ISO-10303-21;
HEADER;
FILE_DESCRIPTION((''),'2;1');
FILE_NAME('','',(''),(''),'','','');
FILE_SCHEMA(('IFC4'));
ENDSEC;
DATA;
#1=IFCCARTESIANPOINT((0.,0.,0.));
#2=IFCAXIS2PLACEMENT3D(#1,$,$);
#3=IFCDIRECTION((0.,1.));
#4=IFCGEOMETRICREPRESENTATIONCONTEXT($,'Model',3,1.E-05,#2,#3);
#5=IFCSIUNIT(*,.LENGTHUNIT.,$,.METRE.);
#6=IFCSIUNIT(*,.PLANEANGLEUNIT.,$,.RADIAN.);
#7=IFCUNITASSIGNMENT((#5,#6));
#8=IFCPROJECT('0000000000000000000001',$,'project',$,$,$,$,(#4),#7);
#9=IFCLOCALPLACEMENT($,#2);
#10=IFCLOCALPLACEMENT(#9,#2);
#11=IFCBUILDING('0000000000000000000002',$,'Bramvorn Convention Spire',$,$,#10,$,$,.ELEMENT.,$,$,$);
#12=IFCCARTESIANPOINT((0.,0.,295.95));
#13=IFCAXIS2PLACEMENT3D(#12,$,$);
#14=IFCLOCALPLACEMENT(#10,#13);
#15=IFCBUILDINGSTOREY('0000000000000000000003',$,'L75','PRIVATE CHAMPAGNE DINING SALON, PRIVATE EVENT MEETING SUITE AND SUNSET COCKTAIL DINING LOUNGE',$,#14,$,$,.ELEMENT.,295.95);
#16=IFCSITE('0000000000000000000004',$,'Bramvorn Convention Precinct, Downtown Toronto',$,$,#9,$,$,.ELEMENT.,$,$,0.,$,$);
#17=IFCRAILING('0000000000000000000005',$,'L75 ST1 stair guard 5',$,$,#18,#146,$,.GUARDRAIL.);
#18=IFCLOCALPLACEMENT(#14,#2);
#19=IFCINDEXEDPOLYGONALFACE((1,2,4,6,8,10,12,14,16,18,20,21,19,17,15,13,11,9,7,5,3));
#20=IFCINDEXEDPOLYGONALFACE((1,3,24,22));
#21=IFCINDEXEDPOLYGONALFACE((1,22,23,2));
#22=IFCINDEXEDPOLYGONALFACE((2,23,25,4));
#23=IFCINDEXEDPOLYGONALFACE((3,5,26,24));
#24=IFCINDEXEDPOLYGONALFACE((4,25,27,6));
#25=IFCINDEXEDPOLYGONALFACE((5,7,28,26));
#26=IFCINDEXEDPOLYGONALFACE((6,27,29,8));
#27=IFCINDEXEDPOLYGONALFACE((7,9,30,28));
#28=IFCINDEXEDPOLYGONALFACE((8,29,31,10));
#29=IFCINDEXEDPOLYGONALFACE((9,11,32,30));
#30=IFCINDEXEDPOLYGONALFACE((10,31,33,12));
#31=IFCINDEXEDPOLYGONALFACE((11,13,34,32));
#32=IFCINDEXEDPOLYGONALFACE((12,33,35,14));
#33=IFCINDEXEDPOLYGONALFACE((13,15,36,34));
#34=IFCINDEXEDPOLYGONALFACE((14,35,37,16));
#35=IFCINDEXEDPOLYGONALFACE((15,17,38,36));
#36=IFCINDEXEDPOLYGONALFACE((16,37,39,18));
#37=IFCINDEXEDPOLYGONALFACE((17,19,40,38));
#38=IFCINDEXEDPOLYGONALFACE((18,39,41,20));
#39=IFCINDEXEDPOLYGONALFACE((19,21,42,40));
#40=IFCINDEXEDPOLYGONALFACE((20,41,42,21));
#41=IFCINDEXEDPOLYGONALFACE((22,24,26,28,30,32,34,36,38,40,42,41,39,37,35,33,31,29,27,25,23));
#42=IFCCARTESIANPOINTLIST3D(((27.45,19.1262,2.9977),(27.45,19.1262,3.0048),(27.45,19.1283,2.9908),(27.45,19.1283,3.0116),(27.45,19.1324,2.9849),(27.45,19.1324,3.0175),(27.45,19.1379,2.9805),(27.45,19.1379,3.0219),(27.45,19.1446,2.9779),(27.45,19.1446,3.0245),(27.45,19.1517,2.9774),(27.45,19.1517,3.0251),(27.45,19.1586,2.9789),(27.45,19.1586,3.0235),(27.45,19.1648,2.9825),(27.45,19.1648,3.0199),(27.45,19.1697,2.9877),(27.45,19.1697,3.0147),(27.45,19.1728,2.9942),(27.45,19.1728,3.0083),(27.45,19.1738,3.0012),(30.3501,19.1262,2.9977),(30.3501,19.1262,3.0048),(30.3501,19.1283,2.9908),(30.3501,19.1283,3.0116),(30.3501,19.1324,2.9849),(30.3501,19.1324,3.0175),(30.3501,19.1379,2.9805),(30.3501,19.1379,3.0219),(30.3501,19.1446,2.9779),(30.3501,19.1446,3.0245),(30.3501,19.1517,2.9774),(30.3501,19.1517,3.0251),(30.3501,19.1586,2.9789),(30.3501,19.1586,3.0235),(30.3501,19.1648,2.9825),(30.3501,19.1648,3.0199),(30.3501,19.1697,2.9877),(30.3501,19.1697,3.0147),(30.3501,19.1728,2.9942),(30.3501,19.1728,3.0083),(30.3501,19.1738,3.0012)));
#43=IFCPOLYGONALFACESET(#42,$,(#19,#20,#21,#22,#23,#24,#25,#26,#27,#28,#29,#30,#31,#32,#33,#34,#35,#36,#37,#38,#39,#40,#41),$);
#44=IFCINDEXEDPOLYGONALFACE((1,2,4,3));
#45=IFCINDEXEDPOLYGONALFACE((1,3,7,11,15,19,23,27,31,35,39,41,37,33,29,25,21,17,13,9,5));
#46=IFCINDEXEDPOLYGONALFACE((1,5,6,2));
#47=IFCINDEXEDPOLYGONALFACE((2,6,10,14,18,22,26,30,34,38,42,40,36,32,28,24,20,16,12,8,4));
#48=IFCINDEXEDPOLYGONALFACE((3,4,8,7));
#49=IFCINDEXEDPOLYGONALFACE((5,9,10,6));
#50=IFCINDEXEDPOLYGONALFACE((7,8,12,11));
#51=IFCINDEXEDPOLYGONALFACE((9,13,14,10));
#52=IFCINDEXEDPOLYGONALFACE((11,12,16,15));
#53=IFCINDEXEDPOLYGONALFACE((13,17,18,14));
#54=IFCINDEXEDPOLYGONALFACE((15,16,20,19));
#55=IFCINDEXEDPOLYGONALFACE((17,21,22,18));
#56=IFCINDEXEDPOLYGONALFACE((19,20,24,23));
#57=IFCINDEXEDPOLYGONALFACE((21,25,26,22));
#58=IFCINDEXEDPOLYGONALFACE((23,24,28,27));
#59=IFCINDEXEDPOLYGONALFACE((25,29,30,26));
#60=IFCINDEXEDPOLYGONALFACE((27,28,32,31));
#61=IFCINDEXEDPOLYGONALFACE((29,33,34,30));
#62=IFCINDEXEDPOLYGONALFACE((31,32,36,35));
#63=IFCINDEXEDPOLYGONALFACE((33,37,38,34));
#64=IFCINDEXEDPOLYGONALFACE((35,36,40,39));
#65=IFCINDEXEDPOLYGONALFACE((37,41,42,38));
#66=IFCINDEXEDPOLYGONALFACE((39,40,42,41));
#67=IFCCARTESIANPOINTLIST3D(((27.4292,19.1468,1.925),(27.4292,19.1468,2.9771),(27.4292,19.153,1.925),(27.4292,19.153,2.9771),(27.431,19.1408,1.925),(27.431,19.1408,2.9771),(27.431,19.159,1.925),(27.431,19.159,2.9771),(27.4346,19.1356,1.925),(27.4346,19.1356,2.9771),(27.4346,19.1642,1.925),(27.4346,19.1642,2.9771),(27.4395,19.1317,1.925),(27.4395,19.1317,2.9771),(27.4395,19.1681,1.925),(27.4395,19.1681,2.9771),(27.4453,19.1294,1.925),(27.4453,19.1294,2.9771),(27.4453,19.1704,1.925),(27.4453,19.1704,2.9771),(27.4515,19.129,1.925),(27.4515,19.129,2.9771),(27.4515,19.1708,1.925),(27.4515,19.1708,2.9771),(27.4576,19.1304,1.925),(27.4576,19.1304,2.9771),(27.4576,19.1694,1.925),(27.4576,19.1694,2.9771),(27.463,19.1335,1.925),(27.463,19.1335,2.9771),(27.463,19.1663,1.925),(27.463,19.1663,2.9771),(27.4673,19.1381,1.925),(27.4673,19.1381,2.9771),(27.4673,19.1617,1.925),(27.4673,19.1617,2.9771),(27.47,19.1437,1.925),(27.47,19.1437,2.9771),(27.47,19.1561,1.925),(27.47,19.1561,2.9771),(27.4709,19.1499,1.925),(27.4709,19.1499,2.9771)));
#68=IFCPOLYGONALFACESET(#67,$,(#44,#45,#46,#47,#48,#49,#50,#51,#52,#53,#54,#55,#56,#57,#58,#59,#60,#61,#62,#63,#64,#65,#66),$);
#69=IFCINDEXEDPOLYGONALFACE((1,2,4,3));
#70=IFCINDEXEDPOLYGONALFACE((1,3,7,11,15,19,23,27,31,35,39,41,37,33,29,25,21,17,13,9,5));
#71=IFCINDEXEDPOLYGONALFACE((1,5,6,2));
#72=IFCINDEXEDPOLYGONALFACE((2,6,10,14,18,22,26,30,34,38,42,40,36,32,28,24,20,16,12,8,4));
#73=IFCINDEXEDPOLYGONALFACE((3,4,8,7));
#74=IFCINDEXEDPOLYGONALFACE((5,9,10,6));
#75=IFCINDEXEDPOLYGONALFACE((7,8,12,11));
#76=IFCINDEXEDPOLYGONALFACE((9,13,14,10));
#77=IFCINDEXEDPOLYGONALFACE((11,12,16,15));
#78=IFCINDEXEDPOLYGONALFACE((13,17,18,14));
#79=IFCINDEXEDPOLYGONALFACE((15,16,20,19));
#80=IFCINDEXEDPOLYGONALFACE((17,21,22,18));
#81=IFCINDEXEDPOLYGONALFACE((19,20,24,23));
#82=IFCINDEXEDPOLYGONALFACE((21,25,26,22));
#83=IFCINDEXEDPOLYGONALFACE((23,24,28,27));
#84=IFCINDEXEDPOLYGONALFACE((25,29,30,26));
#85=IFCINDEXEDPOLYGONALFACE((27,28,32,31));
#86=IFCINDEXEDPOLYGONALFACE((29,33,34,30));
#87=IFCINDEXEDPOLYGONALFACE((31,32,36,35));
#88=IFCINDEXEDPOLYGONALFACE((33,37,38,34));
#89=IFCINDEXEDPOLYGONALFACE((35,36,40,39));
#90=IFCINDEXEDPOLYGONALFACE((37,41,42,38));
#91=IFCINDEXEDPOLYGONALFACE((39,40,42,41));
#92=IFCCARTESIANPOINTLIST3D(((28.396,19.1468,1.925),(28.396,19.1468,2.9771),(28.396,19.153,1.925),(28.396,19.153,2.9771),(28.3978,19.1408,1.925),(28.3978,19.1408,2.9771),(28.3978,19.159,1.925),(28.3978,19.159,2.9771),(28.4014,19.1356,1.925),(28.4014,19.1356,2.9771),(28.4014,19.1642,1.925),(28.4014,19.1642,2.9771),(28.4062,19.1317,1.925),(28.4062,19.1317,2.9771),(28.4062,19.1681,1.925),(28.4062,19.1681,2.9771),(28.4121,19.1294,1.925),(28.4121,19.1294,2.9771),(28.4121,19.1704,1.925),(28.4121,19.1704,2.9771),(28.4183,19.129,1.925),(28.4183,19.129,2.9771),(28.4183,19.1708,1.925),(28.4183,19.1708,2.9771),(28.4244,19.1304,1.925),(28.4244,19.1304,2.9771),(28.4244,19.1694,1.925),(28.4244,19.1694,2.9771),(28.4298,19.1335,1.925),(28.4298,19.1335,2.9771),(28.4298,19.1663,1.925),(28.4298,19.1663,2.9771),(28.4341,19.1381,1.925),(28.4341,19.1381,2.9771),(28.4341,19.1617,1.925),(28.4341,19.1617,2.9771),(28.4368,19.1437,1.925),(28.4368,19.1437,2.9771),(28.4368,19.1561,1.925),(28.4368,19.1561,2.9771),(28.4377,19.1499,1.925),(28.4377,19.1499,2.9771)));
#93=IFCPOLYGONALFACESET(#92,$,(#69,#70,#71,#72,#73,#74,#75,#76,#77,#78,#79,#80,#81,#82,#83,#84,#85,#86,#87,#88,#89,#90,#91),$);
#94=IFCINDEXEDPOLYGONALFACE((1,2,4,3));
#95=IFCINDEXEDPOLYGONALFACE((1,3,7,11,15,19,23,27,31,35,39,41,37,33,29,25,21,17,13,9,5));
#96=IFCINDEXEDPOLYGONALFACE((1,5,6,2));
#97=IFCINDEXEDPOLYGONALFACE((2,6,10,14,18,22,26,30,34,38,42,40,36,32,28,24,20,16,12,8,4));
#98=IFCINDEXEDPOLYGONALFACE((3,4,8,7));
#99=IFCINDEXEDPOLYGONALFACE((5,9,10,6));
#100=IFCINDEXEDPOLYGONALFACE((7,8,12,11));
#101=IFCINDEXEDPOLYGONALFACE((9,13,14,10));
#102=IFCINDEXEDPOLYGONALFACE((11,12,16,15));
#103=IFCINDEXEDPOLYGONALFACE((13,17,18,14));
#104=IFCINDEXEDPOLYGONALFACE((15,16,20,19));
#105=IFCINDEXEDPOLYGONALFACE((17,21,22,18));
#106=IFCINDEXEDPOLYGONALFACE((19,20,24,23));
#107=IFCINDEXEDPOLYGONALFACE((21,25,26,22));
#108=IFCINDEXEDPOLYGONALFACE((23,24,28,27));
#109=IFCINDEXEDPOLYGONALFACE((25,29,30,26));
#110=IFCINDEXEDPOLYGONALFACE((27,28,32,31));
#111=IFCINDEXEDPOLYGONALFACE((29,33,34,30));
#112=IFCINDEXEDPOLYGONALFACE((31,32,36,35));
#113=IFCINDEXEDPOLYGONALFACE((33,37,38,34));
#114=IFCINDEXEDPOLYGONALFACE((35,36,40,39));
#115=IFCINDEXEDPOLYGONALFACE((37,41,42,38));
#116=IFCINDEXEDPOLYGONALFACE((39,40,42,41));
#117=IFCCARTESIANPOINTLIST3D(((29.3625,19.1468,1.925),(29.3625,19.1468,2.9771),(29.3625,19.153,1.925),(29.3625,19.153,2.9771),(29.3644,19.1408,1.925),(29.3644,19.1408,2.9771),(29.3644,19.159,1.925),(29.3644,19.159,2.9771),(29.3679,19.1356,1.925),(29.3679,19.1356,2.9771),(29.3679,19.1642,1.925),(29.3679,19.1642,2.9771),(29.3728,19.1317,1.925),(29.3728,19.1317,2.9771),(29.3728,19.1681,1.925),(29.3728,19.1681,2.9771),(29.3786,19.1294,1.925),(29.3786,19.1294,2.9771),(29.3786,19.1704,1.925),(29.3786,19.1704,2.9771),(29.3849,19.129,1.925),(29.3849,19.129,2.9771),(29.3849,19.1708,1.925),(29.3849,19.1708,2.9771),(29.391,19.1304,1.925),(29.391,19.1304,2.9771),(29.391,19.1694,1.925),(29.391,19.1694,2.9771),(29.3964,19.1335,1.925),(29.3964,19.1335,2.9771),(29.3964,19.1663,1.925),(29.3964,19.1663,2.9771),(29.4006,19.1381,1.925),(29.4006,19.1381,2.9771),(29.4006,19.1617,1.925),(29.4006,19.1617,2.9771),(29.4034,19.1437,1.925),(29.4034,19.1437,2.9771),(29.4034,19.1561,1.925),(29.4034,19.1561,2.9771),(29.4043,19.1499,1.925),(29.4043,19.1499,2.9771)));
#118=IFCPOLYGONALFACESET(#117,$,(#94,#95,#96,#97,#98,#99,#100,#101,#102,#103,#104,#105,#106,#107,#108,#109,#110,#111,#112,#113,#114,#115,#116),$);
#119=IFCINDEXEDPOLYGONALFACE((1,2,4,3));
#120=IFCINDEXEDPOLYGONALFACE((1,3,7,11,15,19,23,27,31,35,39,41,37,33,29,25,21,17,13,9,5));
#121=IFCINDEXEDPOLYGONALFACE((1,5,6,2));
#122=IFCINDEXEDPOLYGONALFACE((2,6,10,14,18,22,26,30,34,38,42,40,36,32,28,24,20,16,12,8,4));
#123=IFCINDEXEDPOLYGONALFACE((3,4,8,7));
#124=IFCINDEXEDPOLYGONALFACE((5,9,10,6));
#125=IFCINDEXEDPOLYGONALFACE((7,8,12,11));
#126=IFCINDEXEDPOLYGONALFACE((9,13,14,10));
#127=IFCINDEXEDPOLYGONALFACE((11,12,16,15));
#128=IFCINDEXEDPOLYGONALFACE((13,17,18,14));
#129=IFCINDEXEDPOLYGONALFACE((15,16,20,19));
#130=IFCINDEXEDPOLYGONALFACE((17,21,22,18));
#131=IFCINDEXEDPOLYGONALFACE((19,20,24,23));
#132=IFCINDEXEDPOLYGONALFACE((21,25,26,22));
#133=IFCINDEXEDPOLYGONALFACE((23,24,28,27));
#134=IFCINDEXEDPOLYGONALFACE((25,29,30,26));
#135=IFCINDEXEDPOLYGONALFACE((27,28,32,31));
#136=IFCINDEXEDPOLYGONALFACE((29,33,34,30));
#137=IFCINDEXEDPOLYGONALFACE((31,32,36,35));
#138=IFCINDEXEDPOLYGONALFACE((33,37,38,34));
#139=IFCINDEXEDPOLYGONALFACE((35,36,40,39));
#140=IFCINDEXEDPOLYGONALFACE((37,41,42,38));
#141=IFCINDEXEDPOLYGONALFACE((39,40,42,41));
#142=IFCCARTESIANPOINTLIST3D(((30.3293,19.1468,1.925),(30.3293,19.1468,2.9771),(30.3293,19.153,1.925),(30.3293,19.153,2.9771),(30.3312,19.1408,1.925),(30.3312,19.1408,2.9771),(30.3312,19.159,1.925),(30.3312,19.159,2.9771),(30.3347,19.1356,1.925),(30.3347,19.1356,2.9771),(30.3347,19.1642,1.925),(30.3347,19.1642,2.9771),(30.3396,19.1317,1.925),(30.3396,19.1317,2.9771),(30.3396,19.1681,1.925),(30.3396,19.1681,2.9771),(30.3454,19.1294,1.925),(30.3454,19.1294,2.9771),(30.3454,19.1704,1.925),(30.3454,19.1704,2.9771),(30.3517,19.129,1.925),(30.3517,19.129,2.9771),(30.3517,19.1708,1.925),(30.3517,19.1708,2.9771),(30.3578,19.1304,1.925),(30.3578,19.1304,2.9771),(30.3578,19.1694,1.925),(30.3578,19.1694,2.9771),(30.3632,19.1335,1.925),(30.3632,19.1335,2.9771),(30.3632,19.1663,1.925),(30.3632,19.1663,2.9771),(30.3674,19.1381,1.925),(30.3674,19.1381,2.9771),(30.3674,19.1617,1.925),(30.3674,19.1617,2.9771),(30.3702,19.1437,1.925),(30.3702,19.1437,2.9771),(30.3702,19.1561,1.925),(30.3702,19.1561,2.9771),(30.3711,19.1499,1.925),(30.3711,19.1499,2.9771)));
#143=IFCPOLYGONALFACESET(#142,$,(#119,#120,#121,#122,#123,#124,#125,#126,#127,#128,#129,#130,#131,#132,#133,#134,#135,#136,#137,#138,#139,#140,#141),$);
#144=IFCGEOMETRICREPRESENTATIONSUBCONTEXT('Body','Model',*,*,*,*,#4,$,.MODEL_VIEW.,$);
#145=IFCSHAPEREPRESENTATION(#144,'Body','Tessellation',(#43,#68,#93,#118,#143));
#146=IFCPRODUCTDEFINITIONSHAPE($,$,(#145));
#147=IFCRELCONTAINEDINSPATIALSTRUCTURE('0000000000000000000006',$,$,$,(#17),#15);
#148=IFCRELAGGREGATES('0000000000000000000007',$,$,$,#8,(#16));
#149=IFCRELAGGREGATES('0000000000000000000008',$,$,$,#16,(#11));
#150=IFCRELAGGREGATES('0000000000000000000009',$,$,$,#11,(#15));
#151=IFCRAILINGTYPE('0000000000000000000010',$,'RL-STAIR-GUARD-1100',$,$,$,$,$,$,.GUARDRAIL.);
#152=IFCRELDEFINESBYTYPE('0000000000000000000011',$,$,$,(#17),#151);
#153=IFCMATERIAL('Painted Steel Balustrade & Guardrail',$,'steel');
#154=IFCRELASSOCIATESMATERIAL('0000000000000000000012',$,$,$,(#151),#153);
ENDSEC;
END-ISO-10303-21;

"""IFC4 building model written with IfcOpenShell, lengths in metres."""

from ifc_helpers import new_model, si_unit, direction, frame, origin, origin_2d, place, context, subcontext, project, spatial, circle, extrude, material, type_object, element, save


model = new_model("IFC4")

# Units and contexts
model_context = context("Model", 3, precision=1e-05, world=origin(), true_north=direction((0.0, 1.0)))
body_context = subcontext(model_context, "Body", "Model", "MODEL_VIEW")
ifc_project = project(units=[si_unit("LENGTHUNIT", "METRE"), si_unit("PLANEANGLEUNIT", "RADIAN")], contexts=[model_context])

# Site, building, storey
site_placement = place(None, origin())
site = spatial("IfcSite", under=ifc_project, at=site_placement, Name="Bramvorn Convention Precinct, Downtown Toronto", CompositionType="ELEMENT", RefElevation=0.0)
building_placement = place(site_placement, origin())
building = spatial("IfcBuilding", under=site, at=building_placement, Name="Bramvorn Convention Spire", CompositionType="ELEMENT")
storey_placement = place(building_placement, frame((0.0, 0.0, 295.95)))
storey = spatial("IfcBuildingStorey", under=building, at=storey_placement, Name="L75", Description="PRIVATE CHAMPAGNE DINING SALON, PRIVATE EVENT MEETING SUITE AND SUNSET COCKTAIL DINING LOUNGE", CompositionType="ELEMENT", Elevation=295.95)

# Railing
ifc_material_1 = material(Name="Painted Steel Balustrade & Guardrail", Category="steel")
railing_type_1 = type_object("IfcRailingType", Name="RL-STAIR-GUARD-1100", PredefinedType="GUARDRAIL", material=ifc_material_1)
railing_1_placement = place(storey_placement, frame((27.45, 19.1499, 1.925)))
element("IfcRailing", 1, at=railing_1_placement, inside=storey, type_object=railing_type_1, Name="L75 ST1 stair guard 5", PredefinedType="GUARDRAIL", context=body_context, shape_type="SweptSolid", body=[
    extrude(circle(Radius=0.0239, at=origin_2d()), frame((0.0, 0.0, 1.0762), z_axis=(1.0, 0.0, 0.0), x_axis=(0.0, 1.0, 0.0)), (0.0, 0.0, 1.0), 2.9001),
    extrude(circle(Radius=0.021, at=origin_2d()), origin(), (0.0, 0.0, 1.0), 1.052),
    extrude(circle(Radius=0.021, at=origin_2d()), frame((0.9668, 0.0, 0.0)), (0.0, 0.0, 1.0), 1.052),
    extrude(circle(Radius=0.021, at=origin_2d()), frame((1.9333, 0.0, 0.0)), (0.0, 0.0, 1.0), 1.052),
    extrude(circle(Radius=0.021, at=origin_2d()), frame((2.9001, 0.0, 0.0)), (0.0, 0.0, 1.0), 1.052),
])

save(model, "model.ifc")
